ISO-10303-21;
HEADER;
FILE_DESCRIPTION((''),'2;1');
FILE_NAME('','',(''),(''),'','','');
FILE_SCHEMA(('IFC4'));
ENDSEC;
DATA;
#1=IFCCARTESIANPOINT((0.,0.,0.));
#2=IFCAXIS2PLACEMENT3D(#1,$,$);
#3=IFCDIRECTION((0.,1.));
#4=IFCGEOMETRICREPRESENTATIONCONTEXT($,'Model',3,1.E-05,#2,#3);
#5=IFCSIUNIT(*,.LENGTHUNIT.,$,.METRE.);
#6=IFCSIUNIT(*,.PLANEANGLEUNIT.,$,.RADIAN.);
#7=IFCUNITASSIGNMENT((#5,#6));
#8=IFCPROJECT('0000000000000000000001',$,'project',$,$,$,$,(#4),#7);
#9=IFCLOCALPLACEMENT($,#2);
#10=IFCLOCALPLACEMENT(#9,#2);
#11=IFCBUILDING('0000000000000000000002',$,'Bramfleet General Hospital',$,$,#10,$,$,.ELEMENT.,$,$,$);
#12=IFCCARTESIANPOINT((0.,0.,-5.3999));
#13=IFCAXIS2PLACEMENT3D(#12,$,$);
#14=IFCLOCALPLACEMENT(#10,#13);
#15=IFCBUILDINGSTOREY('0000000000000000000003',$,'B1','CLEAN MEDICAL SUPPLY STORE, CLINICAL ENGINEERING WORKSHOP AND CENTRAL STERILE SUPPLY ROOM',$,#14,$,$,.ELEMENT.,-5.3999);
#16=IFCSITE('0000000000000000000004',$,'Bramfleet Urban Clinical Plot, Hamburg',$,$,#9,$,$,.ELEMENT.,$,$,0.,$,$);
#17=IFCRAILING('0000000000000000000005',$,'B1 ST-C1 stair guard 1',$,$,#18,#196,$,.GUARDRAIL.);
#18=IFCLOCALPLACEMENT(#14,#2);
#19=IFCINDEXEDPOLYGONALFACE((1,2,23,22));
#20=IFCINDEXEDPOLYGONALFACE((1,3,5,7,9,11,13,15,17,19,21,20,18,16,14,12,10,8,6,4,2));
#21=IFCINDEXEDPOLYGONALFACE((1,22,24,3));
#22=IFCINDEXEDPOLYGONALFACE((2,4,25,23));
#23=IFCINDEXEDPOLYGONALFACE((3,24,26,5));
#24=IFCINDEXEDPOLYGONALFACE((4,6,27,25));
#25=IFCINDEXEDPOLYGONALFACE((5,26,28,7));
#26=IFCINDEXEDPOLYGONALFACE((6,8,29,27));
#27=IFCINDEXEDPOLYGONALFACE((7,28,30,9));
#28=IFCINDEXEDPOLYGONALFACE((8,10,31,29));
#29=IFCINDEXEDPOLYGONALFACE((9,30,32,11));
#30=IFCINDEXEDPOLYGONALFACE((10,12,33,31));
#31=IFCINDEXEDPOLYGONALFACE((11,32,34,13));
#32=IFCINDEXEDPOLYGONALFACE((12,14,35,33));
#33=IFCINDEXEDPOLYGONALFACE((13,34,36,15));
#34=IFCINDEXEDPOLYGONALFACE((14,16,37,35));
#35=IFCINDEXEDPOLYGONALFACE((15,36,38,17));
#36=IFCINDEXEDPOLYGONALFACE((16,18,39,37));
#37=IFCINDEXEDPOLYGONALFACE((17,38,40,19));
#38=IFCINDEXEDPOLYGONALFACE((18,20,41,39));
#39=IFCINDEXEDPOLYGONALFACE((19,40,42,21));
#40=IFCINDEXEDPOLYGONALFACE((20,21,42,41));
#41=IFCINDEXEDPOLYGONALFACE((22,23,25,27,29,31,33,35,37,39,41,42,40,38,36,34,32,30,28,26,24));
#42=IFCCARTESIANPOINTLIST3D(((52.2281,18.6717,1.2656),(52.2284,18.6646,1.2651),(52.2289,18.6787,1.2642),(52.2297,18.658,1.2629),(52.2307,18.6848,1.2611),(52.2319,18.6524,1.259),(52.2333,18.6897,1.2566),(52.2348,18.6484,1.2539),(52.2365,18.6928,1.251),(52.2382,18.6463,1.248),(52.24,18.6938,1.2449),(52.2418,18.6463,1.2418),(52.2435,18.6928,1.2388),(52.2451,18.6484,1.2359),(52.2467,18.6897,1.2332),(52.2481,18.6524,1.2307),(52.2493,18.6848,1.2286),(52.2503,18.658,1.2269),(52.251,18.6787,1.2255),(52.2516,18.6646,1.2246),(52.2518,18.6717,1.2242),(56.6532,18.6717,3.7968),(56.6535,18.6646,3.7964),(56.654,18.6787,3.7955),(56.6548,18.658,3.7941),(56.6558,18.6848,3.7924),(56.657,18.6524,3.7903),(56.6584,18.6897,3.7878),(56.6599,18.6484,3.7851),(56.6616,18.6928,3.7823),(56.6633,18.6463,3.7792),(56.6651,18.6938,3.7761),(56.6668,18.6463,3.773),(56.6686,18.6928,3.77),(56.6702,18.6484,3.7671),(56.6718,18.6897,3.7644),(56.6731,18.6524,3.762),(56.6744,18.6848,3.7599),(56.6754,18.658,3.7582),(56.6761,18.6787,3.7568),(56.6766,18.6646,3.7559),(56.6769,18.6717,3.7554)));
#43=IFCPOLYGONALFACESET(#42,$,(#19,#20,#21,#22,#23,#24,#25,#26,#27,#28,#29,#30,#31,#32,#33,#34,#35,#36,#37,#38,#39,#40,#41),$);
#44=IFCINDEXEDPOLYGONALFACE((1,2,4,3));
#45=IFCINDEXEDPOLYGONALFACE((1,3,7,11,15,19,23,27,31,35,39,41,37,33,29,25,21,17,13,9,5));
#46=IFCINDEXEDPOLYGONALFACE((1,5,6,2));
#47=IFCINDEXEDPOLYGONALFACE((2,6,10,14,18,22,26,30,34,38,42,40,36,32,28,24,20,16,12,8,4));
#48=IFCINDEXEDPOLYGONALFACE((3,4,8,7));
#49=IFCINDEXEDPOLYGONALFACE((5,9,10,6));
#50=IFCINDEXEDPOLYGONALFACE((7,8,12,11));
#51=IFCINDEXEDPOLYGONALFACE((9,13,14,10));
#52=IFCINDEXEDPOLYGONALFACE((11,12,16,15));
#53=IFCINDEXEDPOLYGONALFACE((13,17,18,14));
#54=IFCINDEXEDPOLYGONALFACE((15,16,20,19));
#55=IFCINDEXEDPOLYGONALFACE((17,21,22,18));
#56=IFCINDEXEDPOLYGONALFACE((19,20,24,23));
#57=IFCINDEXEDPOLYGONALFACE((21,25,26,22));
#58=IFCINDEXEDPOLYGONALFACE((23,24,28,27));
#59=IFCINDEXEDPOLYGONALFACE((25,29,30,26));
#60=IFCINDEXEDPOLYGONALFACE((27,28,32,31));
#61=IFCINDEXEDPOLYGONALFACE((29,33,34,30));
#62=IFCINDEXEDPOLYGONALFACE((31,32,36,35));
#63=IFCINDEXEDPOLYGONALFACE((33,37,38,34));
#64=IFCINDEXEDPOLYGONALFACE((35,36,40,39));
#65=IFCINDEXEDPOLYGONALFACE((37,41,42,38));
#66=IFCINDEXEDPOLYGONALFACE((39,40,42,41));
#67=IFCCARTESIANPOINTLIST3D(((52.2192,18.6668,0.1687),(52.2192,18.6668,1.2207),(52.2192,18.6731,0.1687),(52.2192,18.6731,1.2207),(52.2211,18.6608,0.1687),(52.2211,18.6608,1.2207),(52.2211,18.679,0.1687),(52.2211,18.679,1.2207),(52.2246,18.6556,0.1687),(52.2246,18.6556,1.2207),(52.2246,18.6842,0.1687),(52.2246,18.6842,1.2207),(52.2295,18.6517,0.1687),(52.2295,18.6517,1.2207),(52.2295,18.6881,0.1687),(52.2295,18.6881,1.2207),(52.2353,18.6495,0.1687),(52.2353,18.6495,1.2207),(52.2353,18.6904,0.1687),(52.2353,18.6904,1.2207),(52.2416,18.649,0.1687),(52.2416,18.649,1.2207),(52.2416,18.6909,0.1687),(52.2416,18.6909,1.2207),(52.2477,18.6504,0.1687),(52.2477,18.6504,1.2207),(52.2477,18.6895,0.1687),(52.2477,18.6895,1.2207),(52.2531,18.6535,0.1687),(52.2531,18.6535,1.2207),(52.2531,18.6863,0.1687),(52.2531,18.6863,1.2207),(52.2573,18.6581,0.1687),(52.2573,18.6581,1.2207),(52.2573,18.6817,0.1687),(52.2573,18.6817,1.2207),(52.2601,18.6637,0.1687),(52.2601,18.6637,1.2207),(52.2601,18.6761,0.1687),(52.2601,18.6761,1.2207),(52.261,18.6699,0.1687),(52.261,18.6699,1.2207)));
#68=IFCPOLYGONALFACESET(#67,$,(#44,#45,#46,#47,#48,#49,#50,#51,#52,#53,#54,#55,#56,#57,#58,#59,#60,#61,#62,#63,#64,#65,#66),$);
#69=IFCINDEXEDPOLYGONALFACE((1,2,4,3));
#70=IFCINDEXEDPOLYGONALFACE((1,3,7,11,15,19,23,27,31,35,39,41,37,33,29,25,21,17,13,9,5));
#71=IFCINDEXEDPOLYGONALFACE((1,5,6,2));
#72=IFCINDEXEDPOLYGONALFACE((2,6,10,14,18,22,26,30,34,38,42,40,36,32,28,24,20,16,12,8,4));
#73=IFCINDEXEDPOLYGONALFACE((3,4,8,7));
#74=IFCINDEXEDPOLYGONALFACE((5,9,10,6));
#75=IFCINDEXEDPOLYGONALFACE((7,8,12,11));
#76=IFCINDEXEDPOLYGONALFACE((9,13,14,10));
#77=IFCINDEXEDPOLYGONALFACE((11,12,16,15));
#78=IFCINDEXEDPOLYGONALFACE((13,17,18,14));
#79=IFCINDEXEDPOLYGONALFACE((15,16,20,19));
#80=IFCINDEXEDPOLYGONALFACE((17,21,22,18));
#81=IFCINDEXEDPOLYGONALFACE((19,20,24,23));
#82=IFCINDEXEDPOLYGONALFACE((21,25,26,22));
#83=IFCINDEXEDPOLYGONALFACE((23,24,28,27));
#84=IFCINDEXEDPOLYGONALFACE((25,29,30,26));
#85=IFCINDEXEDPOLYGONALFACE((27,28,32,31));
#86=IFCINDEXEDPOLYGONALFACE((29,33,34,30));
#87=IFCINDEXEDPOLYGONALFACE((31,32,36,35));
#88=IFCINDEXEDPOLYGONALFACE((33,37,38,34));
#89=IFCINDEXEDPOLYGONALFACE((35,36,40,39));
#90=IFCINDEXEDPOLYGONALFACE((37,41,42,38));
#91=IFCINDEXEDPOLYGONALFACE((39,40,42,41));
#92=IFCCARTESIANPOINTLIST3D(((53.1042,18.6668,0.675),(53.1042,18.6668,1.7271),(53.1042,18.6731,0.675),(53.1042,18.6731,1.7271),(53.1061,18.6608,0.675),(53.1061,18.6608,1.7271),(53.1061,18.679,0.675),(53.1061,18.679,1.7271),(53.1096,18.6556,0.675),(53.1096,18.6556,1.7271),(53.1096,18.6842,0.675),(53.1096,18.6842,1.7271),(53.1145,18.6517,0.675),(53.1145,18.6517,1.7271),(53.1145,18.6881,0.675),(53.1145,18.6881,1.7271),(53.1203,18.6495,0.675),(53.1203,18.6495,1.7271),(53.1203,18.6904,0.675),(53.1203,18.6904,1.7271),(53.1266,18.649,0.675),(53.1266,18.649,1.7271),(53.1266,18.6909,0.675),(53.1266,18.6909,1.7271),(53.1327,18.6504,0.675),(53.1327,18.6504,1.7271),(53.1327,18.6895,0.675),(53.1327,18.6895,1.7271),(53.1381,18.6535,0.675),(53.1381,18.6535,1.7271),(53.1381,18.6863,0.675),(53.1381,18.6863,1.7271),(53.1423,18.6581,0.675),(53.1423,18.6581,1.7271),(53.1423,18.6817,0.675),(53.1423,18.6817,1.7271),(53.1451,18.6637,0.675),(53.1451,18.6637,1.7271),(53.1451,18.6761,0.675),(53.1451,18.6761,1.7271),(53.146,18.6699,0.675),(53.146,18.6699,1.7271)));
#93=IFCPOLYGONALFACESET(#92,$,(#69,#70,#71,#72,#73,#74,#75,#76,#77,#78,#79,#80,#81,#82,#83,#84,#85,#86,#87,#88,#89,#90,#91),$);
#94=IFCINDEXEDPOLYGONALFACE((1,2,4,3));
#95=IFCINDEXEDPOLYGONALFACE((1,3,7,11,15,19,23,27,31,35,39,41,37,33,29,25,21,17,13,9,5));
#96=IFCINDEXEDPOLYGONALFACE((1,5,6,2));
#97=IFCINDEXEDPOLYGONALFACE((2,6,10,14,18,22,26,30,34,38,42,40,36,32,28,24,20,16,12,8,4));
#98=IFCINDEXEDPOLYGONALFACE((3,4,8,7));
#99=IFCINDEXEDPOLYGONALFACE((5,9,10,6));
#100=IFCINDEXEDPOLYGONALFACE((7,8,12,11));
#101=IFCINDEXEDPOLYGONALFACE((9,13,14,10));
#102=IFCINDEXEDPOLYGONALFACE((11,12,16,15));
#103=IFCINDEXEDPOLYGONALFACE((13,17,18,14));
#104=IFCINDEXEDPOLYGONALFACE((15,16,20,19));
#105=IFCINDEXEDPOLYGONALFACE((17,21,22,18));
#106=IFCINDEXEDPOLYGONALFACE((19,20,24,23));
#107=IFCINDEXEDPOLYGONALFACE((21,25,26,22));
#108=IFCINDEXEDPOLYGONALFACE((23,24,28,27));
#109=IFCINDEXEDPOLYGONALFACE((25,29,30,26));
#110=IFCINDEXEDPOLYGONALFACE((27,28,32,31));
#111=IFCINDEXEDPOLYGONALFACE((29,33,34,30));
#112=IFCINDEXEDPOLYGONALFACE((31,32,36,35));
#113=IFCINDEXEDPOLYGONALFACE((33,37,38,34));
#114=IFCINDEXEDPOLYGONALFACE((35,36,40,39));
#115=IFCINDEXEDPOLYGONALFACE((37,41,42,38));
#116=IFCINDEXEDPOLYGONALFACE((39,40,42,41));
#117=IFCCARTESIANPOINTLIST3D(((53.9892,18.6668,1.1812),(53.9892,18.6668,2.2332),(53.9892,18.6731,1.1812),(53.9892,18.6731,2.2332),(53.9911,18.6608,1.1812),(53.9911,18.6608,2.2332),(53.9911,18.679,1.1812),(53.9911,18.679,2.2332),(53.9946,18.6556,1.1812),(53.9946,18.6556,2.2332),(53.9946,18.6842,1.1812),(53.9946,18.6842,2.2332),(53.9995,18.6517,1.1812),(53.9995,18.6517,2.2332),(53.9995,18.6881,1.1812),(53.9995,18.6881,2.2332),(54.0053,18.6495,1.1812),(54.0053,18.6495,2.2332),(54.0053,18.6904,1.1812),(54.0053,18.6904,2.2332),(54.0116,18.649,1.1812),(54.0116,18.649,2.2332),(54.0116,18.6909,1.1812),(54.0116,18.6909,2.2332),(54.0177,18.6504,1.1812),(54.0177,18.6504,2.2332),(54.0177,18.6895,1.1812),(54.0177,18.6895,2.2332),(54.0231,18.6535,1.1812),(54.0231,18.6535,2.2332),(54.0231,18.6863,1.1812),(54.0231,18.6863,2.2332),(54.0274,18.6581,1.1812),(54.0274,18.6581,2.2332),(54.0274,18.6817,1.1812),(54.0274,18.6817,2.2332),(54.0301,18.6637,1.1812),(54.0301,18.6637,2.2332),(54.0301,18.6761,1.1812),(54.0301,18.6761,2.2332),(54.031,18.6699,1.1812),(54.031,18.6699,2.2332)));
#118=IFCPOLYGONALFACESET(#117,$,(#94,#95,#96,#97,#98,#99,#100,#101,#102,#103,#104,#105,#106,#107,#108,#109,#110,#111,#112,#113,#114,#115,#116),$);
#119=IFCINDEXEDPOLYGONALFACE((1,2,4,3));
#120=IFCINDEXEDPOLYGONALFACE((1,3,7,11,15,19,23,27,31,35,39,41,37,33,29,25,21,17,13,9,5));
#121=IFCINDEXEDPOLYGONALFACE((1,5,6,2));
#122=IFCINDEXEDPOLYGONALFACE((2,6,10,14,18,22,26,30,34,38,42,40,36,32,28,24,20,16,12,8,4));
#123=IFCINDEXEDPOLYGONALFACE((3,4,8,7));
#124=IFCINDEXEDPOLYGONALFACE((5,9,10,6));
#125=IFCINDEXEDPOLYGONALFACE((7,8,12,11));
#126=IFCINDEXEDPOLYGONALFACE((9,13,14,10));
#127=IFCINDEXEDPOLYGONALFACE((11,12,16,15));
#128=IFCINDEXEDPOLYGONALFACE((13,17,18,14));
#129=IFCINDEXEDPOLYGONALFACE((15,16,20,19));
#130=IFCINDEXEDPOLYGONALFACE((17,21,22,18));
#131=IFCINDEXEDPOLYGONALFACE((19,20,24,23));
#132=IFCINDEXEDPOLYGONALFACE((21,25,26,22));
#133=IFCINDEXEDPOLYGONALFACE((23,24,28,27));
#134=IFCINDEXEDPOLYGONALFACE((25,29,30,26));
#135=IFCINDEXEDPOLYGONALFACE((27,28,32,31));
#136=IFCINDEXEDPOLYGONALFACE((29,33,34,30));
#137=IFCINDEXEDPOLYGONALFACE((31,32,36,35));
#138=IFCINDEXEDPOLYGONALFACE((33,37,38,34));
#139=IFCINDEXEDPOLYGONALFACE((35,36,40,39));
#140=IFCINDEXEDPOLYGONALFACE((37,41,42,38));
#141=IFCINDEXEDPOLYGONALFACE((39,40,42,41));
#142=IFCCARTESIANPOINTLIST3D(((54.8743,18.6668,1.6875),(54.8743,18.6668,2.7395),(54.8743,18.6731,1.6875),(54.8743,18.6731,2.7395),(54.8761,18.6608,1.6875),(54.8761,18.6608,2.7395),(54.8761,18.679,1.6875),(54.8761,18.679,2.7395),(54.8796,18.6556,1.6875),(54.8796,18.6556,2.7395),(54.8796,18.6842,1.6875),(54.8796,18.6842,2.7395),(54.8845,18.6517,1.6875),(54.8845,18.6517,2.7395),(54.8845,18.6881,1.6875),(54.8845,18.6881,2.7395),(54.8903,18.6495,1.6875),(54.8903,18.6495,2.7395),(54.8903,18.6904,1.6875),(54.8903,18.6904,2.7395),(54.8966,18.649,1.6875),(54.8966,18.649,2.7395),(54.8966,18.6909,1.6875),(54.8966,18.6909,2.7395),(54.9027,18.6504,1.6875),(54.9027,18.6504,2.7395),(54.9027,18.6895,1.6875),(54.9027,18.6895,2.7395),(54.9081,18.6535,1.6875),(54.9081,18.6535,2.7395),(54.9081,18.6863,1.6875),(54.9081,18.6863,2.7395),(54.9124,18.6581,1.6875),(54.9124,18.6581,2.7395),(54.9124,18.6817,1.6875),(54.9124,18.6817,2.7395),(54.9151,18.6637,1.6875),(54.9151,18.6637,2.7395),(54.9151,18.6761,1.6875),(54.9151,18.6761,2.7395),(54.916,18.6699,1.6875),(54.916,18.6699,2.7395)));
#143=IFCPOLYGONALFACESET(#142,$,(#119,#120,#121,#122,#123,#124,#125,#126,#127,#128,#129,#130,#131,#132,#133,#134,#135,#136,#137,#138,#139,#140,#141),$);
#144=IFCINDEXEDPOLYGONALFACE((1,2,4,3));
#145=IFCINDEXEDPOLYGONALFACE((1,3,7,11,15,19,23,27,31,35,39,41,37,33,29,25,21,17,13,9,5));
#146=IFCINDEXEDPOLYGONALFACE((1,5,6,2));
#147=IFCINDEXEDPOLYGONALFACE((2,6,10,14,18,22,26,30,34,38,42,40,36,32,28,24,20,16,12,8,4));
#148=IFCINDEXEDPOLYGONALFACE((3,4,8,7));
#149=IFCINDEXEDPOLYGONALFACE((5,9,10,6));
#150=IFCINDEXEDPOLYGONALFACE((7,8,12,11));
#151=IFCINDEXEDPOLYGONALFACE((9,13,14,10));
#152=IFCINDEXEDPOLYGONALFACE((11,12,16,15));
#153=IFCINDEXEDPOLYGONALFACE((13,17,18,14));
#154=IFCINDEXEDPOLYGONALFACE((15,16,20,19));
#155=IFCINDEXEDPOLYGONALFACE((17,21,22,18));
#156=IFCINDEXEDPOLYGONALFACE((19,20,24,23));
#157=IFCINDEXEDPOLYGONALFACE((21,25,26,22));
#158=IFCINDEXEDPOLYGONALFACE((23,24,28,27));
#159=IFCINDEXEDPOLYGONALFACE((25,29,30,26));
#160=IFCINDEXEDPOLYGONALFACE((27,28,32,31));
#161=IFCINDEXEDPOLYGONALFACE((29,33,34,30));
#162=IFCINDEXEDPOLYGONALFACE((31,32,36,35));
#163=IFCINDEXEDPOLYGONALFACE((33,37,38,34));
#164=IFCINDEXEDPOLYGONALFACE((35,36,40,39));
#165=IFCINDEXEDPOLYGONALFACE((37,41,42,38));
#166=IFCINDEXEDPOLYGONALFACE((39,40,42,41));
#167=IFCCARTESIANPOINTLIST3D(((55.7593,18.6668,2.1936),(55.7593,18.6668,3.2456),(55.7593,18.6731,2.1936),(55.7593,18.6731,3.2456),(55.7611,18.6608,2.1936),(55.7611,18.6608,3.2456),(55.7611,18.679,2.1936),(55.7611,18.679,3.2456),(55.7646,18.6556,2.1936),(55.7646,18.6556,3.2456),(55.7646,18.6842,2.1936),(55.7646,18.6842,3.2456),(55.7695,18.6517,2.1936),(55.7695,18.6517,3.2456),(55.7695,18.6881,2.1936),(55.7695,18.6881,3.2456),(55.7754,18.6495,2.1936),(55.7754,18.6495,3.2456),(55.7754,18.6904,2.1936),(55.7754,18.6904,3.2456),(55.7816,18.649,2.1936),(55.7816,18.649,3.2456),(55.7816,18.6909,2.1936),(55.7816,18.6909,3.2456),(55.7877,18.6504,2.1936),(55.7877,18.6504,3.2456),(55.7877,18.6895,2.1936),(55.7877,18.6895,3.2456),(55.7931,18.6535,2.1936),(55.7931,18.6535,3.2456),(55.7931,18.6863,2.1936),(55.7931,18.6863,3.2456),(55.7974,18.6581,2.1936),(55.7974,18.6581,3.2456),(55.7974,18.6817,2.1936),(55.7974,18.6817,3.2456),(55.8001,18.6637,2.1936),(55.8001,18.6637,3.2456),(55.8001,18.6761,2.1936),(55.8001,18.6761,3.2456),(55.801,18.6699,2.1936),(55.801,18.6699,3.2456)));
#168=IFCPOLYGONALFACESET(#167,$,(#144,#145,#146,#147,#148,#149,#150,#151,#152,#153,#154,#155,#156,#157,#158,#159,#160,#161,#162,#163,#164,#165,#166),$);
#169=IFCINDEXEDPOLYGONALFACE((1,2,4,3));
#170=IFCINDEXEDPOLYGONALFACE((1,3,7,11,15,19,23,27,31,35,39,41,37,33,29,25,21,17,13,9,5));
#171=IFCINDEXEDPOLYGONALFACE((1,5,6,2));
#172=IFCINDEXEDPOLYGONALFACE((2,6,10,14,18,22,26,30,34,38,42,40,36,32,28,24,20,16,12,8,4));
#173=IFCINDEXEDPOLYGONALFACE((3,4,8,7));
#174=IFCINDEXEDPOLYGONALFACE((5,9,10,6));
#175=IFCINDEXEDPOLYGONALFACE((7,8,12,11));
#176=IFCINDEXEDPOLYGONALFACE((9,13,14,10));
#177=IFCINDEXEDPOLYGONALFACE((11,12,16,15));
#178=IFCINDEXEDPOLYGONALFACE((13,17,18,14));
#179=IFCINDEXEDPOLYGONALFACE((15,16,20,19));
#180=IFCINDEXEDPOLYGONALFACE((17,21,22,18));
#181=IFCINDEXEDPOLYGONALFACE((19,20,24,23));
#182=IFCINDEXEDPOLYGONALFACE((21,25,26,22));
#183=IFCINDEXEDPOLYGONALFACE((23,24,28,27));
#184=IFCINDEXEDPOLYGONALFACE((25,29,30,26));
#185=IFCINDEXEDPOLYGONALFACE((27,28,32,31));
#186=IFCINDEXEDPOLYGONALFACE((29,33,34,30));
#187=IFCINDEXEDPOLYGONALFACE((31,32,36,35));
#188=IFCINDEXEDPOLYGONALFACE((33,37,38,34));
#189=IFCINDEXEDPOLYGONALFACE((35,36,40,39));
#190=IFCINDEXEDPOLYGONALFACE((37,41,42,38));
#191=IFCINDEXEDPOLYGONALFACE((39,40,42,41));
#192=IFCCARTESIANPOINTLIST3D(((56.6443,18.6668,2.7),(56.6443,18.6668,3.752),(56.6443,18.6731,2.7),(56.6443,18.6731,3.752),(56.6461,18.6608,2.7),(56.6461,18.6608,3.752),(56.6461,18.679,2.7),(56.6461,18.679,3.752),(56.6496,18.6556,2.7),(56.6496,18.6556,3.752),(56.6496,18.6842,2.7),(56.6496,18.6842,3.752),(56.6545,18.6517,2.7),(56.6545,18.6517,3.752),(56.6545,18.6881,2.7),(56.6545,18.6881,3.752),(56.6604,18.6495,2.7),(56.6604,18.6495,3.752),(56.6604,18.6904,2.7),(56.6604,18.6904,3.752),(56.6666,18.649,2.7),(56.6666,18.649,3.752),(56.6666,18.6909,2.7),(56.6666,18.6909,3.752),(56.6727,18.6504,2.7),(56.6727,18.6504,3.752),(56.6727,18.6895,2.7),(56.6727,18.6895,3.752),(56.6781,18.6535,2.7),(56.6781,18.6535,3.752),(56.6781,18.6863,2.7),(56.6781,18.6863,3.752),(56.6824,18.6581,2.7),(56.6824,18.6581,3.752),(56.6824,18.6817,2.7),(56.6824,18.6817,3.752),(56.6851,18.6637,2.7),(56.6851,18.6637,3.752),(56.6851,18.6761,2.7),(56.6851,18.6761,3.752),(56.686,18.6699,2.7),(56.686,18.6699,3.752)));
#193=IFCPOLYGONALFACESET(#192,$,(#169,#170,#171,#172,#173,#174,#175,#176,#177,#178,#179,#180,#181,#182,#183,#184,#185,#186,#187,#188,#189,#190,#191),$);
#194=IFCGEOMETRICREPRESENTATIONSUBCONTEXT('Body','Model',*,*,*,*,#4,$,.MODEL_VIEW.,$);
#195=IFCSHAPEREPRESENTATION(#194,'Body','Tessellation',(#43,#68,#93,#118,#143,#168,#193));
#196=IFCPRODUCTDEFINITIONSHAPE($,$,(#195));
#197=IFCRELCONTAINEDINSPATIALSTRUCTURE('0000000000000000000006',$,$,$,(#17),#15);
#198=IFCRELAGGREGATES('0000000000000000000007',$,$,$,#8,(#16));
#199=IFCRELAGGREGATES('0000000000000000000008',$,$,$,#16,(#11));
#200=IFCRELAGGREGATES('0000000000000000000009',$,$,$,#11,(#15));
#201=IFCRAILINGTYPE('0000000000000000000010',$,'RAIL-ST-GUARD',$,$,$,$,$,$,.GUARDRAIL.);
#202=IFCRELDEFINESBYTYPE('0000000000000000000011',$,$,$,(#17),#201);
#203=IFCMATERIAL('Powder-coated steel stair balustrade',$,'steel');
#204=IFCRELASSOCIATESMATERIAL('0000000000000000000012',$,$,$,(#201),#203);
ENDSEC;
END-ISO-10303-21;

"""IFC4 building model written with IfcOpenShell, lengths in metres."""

from ifc_helpers import new_model, si_unit, direction, frame, origin, origin_2d, place, context, subcontext, project, spatial, circle, extrude, material, type_object, element, save


model = new_model("IFC4")

# Units and contexts
model_context = context("Model", 3, precision=1e-05, world=origin(), true_north=direction((0.0, 1.0)))
body_context = subcontext(model_context, "Body", "Model", "MODEL_VIEW")
ifc_project = project(units=[si_unit("LENGTHUNIT", "METRE"), si_unit("PLANEANGLEUNIT", "RADIAN")], contexts=[model_context])

# Site, building, storey
site_placement = place(None, origin())
site = spatial("IfcSite", under=ifc_project, at=site_placement, Name="Bramfleet Urban Clinical Plot, Hamburg", CompositionType="ELEMENT", RefElevation=0.0)
building_placement = place(site_placement, origin())
building = spatial("IfcBuilding", under=site, at=building_placement, Name="Bramfleet General Hospital", CompositionType="ELEMENT")
storey_placement = place(building_placement, frame((0.0, 0.0, -5.3999)))
storey = spatial("IfcBuildingStorey", under=building, at=storey_placement, Name="B1", Description="CLEAN MEDICAL SUPPLY STORE, CLINICAL ENGINEERING WORKSHOP AND CENTRAL STERILE SUPPLY ROOM", CompositionType="ELEMENT", Elevation=-5.3999)

# Railing
ifc_material_1 = material(Name="Powder-coated steel stair balustrade", Category="steel")
railing_type = type_object("IfcRailingType", Name="RAIL-ST-GUARD", PredefinedType="GUARDRAIL", material=ifc_material_1)
railing_1_placement = place(storey_placement, frame((52.24, 18.6699, 0.1687)))
element("IfcRailing", 1, at=railing_1_placement, inside=storey, type_object=railing_type, Name="B1 ST-C1 stair guard 1", PredefinedType="GUARDRAIL", context=body_context, shape_type="SweptSolid", body=[
    extrude(circle(Radius=0.0239, at=origin_2d()), frame((0.0, 0.0, 1.0762), z_axis=(0.868019, 0.0, 0.496531), x_axis=(0.0, 1.0, 0.0)), (0.0, 0.0, 1.0), 5.0979),
    extrude(circle(Radius=0.021, at=origin_2d()), origin(), (0.0, 0.0, 1.0), 1.052),
    extrude(circle(Radius=0.021, at=origin_2d()), frame((0.885, 0.0, 0.5063)), (0.0, 0.0, 1.0), 1.052),
    extrude(circle(Radius=0.021, at=origin_2d()), frame((1.77, 0.0, 1.0125)), (0.0, 0.0, 1.0), 1.052),
    extrude(circle(Radius=0.021, at=origin_2d()), frame((2.655, 0.0, 1.5188)), (0.0, 0.0, 1.0), 1.052),
    extrude(circle(Radius=0.021, at=origin_2d()), frame((3.54, 0.0, 2.0249)), (0.0, 0.0, 1.0), 1.052),
    extrude(circle(Radius=0.021, at=origin_2d()), frame((4.425, 0.0, 2.5312)), (0.0, 0.0, 1.0), 1.052),
])

save(model, "model.ifc")
